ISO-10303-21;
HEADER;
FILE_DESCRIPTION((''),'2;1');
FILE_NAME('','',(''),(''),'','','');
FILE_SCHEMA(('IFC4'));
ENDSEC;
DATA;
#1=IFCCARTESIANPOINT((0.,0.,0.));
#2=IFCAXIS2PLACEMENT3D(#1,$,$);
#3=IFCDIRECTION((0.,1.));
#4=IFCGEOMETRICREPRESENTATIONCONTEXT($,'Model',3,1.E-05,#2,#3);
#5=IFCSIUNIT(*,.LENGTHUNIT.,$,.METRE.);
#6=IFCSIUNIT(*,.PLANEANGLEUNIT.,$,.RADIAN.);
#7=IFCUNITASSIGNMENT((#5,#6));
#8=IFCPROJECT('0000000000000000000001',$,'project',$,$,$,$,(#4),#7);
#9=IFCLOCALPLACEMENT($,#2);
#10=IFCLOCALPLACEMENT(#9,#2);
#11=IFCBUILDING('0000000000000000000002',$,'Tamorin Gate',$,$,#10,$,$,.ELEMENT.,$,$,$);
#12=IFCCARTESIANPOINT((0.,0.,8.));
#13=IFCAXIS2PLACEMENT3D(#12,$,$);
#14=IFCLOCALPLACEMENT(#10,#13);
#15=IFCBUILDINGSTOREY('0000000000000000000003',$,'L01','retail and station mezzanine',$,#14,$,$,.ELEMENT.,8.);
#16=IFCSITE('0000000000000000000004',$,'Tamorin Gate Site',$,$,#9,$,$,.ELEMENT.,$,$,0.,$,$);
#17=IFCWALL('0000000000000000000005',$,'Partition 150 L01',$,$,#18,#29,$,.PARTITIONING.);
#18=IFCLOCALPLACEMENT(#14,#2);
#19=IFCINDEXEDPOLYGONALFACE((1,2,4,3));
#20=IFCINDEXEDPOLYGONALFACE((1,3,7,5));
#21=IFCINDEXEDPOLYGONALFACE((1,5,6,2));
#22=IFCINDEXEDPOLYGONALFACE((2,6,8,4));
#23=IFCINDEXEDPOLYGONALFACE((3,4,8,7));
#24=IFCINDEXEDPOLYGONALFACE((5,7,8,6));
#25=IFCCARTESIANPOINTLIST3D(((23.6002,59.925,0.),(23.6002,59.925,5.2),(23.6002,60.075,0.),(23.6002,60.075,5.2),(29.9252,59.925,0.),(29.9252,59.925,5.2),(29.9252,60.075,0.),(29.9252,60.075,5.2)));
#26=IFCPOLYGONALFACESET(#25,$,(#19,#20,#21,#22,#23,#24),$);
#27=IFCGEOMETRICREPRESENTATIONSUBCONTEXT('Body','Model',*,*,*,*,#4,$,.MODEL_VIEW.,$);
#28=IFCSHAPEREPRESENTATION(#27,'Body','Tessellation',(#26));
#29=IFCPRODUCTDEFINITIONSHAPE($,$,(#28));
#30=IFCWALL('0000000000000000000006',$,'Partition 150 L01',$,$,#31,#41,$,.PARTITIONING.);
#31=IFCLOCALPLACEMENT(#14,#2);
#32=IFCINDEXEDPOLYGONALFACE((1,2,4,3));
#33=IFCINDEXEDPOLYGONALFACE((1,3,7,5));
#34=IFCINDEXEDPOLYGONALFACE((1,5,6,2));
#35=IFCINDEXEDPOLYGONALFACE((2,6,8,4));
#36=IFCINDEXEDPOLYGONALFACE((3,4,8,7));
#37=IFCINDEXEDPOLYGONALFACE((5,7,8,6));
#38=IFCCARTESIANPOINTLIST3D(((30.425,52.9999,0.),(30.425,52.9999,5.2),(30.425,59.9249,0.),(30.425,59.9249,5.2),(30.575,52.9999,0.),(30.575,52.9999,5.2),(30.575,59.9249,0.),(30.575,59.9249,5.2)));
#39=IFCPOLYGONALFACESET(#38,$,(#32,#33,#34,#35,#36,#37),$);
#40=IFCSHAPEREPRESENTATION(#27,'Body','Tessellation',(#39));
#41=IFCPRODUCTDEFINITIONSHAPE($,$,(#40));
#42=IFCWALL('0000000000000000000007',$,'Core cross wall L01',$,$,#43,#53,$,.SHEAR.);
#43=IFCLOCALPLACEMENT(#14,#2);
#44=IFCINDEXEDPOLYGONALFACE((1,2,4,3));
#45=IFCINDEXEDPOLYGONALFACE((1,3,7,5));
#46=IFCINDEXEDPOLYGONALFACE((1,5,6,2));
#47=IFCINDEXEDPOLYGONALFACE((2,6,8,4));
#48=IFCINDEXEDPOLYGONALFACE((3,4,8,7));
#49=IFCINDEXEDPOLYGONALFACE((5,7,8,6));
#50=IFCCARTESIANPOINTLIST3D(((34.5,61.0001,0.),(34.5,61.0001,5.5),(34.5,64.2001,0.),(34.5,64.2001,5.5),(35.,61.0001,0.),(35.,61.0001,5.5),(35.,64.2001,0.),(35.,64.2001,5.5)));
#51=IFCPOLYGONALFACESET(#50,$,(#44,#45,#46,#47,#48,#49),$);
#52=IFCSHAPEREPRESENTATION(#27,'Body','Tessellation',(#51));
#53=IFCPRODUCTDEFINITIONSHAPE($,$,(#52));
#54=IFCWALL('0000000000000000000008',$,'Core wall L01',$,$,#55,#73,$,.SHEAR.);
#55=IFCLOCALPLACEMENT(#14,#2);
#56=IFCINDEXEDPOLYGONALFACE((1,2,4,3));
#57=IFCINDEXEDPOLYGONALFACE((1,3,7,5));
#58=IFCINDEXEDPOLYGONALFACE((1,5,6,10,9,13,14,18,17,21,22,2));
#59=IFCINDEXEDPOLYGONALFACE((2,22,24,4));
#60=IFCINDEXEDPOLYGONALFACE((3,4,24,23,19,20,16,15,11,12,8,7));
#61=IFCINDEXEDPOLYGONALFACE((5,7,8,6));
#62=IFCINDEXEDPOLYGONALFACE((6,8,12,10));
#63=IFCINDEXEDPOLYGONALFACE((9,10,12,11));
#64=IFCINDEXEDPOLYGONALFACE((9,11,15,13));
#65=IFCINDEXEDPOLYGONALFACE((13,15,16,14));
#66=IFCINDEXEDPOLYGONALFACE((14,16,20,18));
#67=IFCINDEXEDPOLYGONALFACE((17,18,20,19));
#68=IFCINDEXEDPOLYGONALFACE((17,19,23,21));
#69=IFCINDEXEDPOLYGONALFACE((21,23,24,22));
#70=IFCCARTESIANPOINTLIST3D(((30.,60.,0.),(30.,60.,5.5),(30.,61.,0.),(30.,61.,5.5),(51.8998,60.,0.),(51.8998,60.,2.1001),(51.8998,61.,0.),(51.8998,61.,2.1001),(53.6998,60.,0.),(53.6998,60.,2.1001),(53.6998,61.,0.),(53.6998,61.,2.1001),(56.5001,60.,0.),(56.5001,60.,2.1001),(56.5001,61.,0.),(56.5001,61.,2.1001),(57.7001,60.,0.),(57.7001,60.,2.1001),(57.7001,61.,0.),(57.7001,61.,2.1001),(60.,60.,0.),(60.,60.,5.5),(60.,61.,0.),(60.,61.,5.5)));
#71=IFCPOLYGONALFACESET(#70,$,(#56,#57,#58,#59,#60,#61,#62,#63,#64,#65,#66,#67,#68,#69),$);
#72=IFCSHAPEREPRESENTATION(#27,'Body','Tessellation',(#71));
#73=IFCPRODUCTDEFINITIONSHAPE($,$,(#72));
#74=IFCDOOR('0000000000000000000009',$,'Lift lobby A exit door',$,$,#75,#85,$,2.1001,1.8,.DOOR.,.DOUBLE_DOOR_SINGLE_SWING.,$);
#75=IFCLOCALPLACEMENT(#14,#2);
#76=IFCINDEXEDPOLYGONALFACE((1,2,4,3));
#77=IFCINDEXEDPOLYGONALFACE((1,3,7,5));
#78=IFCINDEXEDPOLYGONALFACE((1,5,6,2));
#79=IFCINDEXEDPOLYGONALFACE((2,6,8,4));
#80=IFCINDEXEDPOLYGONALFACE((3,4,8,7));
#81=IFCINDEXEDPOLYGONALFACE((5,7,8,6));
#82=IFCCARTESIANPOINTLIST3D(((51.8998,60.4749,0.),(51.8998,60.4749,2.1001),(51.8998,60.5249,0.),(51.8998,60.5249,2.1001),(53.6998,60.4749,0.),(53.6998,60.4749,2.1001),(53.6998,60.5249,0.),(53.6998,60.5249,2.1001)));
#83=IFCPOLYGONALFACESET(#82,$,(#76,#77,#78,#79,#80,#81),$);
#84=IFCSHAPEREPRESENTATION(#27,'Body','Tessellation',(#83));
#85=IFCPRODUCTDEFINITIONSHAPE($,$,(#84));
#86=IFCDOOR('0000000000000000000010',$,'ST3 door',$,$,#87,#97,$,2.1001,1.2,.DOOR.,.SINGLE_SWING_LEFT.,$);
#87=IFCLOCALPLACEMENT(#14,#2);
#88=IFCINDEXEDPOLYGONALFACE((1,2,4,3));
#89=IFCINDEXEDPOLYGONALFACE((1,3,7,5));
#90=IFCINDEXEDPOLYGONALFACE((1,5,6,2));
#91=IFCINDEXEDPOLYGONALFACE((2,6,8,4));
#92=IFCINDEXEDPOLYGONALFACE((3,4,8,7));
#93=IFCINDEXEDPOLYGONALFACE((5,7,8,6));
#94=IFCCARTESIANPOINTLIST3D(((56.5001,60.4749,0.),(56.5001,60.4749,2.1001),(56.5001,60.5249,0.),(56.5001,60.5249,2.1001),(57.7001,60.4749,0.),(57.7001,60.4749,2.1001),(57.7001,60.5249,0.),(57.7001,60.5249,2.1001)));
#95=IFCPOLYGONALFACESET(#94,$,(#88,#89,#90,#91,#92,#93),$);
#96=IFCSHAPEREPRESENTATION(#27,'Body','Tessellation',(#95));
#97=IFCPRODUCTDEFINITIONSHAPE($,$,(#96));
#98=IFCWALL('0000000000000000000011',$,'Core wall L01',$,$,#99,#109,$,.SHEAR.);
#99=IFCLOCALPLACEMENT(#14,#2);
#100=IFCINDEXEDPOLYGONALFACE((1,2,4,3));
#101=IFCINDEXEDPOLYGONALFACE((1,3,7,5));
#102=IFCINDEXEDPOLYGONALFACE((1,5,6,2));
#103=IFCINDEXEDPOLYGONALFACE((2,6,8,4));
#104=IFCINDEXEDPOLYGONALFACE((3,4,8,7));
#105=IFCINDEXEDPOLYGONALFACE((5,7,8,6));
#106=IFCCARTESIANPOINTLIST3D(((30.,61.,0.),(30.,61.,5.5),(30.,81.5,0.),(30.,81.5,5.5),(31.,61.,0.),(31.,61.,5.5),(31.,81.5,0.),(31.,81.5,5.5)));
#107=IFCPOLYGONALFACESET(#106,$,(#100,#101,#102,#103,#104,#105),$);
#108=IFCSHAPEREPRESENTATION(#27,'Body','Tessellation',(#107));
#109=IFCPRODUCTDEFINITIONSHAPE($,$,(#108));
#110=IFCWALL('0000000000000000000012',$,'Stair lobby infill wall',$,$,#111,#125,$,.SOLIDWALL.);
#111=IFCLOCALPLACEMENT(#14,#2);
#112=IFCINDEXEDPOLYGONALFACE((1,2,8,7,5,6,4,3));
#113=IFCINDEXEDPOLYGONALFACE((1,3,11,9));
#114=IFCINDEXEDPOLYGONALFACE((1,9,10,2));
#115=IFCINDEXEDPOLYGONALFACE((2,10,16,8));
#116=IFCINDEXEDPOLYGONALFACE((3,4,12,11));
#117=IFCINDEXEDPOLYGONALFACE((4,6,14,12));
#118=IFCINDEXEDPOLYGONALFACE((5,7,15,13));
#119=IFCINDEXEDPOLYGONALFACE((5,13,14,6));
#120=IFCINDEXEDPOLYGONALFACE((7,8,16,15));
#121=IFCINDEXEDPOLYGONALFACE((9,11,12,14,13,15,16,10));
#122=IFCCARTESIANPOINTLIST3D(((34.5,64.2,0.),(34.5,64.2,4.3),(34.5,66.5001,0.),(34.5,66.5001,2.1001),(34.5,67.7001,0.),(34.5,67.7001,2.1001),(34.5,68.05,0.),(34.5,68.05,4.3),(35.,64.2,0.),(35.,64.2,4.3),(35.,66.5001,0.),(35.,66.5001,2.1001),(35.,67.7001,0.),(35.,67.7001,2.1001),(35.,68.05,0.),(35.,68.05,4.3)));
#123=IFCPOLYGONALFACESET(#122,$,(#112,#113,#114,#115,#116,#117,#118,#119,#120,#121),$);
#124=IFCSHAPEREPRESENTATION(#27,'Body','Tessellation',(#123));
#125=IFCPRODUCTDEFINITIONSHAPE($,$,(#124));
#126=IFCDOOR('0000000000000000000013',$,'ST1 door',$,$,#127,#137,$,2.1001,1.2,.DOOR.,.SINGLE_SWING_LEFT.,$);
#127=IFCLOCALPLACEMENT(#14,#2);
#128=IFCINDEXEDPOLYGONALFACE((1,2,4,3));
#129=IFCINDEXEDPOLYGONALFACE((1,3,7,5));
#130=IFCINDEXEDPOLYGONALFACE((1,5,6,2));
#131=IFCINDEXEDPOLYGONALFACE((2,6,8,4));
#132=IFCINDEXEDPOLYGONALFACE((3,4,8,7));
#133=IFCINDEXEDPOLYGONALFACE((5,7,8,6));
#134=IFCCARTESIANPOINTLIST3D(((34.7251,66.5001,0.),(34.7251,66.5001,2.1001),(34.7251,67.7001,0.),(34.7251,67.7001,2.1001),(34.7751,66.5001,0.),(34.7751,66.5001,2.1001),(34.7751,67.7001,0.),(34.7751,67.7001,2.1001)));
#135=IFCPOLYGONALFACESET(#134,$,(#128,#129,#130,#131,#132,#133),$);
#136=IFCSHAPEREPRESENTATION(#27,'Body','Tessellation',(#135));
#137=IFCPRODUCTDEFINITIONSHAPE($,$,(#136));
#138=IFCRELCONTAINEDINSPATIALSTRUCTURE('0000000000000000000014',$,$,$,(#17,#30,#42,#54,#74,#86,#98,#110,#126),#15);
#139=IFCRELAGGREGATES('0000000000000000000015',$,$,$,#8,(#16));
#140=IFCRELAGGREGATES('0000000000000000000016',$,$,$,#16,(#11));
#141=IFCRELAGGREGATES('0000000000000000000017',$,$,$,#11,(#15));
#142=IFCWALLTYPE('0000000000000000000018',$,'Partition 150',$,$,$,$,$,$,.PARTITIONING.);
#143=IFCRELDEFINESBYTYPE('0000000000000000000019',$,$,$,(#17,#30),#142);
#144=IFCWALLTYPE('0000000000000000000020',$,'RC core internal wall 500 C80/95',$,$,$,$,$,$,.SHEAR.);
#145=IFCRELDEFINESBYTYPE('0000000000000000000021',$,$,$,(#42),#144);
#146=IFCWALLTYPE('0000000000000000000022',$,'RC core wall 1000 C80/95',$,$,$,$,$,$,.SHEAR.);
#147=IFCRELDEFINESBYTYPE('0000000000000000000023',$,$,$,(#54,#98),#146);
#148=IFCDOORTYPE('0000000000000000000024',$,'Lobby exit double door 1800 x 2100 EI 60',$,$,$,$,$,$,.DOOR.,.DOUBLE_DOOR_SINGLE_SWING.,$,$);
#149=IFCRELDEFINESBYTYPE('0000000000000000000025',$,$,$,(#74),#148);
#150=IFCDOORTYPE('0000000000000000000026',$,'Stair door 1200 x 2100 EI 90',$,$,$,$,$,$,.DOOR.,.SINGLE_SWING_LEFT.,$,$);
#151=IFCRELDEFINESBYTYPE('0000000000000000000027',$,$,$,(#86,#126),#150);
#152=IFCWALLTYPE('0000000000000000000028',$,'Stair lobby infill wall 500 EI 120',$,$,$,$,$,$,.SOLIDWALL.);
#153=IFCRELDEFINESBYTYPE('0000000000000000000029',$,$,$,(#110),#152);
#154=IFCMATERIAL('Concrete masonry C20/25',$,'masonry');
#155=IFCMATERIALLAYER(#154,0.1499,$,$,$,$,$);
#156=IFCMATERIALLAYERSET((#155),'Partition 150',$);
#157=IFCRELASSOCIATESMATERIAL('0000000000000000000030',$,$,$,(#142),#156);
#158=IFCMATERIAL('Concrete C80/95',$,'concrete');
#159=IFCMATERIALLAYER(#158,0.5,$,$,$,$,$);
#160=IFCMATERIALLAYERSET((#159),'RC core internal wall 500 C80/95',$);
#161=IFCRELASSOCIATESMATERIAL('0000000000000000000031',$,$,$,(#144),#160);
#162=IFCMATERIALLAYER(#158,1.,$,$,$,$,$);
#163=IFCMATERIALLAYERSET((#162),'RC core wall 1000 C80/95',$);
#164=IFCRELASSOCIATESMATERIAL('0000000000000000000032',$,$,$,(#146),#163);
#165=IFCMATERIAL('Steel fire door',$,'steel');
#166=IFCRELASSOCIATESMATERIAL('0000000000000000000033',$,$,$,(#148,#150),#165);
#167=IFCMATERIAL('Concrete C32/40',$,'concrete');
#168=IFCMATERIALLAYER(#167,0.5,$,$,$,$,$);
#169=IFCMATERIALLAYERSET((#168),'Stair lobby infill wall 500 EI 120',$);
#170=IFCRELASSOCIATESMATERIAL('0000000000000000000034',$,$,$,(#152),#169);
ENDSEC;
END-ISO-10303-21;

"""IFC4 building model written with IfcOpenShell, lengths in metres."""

from ifc_helpers import new_model, si_unit, direction, frame, frame_2d, origin, place, context, subcontext, project, spatial, rectangle, extrude, material, layer, layer_set, type_object, element, fill, save


model = new_model("IFC4")

# Units and contexts
model_context = context("Model", 3, precision=1e-05, world=origin(), true_north=direction((0.0, 1.0)))
body_context = subcontext(model_context, "Body", "Model", "MODEL_VIEW")
ifc_project = project(units=[si_unit("LENGTHUNIT", "METRE"), si_unit("PLANEANGLEUNIT", "RADIAN")], contexts=[model_context])

# Site, building, storey
site_placement = place(None, origin())
site = spatial("IfcSite", under=ifc_project, at=site_placement, Name="Tamorin Gate Site", CompositionType="ELEMENT", RefElevation=0.0)
building_placement = place(site_placement, origin())
building = spatial("IfcBuilding", under=site, at=building_placement, Name="Tamorin Gate", CompositionType="ELEMENT")
storey_placement = place(building_placement, frame((0.0, 0.0, 8.0)))
storey = spatial("IfcBuildingStorey", under=building, at=storey_placement, Name="L01", Description="retail and station mezzanine", CompositionType="ELEMENT", Elevation=8.0)

# Shared definitions
ifc_material_1 = material(Name="Concrete C80/95", Category="concrete")

# Shared definitions
ifc_material_2 = material(Name="Concrete C32/40", Category="concrete")

# Walls
ifc_material_3 = material(Name="Concrete masonry C20/25", Category="masonry")
ifc_layer_1 = layer(ifc_material_3, 0.1499)
ifc_layer_set_1 = layer_set([ifc_layer_1], Name="Partition 150")
wall_type_1 = type_object("IfcWallType", Name="Partition 150", PredefinedType="PARTITIONING", material=ifc_layer_set_1)
wall_1_placement = place(storey_placement, frame((23.6001, 60.0, 0.0), z_axis=(0.0, 0.0, 1.0), x_axis=(1.0, 0.0, 0.0)))
element("IfcWall", 1, at=wall_1_placement, inside=storey, type_object=wall_type_1, Name="Partition 150 L01", PredefinedType="PARTITIONING", context=body_context, shape_type="SweptSolid", body=[
    extrude(rectangle(XDim=6.325, YDim=0.1499, at=frame_2d((3.1626, 0.0))), origin(), (0.0, 0.0, 1.0), 5.2),
])
wall_2_placement = place(storey_placement, frame((30.5, 53.0, 0.0), z_axis=(0.0, 0.0, 1.0), x_axis=(0.0, 1.0, 0.0)))
element("IfcWall", 2, at=wall_2_placement, inside=storey, type_object=wall_type_1, Name="Partition 150 L01", PredefinedType="PARTITIONING", context=body_context, shape_type="SweptSolid", body=[
    extrude(rectangle(XDim=6.925, YDim=0.1499, at=frame_2d((3.4624, 0.0))), origin(), (0.0, 0.0, 1.0), 5.2),
])
ifc_layer_2 = layer(ifc_material_1, 0.5)
ifc_layer_set_2 = layer_set([ifc_layer_2], Name="RC core internal wall 500 C80/95")
wall_type_2 = type_object("IfcWallType", Name="RC core internal wall 500 C80/95", PredefinedType="SHEAR", material=ifc_layer_set_2)
wall_3_placement = place(storey_placement, frame((34.75, 61.0, 0.0), z_axis=(0.0, 0.0, 1.0), x_axis=(0.0, 1.0, 0.0)))
element("IfcWall", 3, at=wall_3_placement, inside=storey, type_object=wall_type_2, Name="Core cross wall L01", PredefinedType="SHEAR", context=body_context, shape_type="SweptSolid", body=[
    extrude(rectangle(XDim=3.2, YDim=0.5, at=frame_2d((1.6001, 0.0))), origin(), (0.0, 0.0, 1.0), 5.5),
])

# Wall, openings, doors
ifc_layer_3 = layer(ifc_material_1, 1.0)
ifc_layer_set_3 = layer_set([ifc_layer_3], Name="RC core wall 1000 C80/95")
wall_type_3 = type_object("IfcWallType", Name="RC core wall 1000 C80/95", PredefinedType="SHEAR", material=ifc_layer_set_3)
wall_4_placement = place(storey_placement, frame((30.0, 60.5, 0.0), z_axis=(0.0, 0.0, 1.0), x_axis=(1.0, 0.0, 0.0)))
wall_4 = element("IfcWall", 4, at=wall_4_placement, inside=storey, type_object=wall_type_3, Name="Core wall L01", PredefinedType="SHEAR", context=body_context, shape_type="SweptSolid", body=[
    extrude(rectangle(XDim=30.0, YDim=1.0, at=frame_2d((15.0, 0.0))), origin(), (0.0, 0.0, 1.0), 5.5),
])
opening_1_placement = place(wall_4_placement, frame((21.8999, 0.0, 0.0)))
opening_1 = element("IfcOpeningElement", 5, at=opening_1_placement, cuts=wall_4, PredefinedType="OPENING", context=body_context, shape_type="SweptSolid", body=[
    extrude(rectangle(XDim=1.8, YDim=2.1001, at=frame_2d((0.8999, 1.05))), frame((0.0, 0.51, 0.0), z_axis=(0.0, -1.0, 0.0), x_axis=(1.0, 0.0, 0.0)), (0.0, 0.0, 1.0), 1.02),
])
opening_2_placement = place(wall_4_placement, frame((26.5, 0.0, 0.0)))
opening_2 = element("IfcOpeningElement", 6, at=opening_2_placement, cuts=wall_4, PredefinedType="OPENING", context=body_context, shape_type="SweptSolid", body=[
    extrude(rectangle(XDim=1.2, YDim=2.1001, at=frame_2d((0.6001, 1.05))), frame((0.0, 0.51, 0.0), z_axis=(0.0, -1.0, 0.0), x_axis=(1.0, 0.0, 0.0)), (0.0, 0.0, 1.0), 1.02),
])
ifc_material_4 = material(Name="Steel fire door", Category="steel")
door_type_1 = type_object("IfcDoorType", Name="Lobby exit double door 1800 x 2100 EI 60", OperationType="DOUBLE_DOOR_SINGLE_SWING", PredefinedType="DOOR", material=ifc_material_4)
door_1_placement = place(opening_1_placement, origin())
door_1 = element("IfcDoor", 7, at=door_1_placement, inside=storey, type_object=door_type_1, Name="Lift lobby A exit door", OperationType="DOUBLE_DOOR_SINGLE_SWING", OverallHeight=2.1001, OverallWidth=1.8, PredefinedType="DOOR", context=body_context, shape_type="SweptSolid", body=[
    extrude(rectangle(XDim=1.8, YDim=2.1001, at=frame_2d((0.8999, 1.05))), frame((0.0, 0.0249, 0.0), z_axis=(0.0, -1.0, 0.0), x_axis=(1.0, 0.0, 0.0)), (0.0, 0.0, 1.0), 0.05),
])
fill(opening_1, door_1)
door_type_2 = type_object("IfcDoorType", Name="Stair door 1200 x 2100 EI 90", OperationType="SINGLE_SWING_LEFT", PredefinedType="DOOR", material=ifc_material_4)
door_2_placement = place(opening_2_placement, origin())
door_2 = element("IfcDoor", 8, at=door_2_placement, inside=storey, type_object=door_type_2, Name="ST3 door", OperationType="SINGLE_SWING_LEFT", OverallHeight=2.1001, OverallWidth=1.2, PredefinedType="DOOR", context=body_context, shape_type="SweptSolid", body=[
    extrude(rectangle(XDim=1.2, YDim=2.1001, at=frame_2d((0.6001, 1.05))), frame((0.0, 0.0249, 0.0), z_axis=(0.0, -1.0, 0.0), x_axis=(1.0, 0.0, 0.0)), (0.0, 0.0, 1.0), 0.05),
])
fill(opening_2, door_2)

# Wall
wall_5_placement = place(storey_placement, frame((30.5, 61.0, 0.0), z_axis=(0.0, 0.0, 1.0), x_axis=(0.0, 1.0, 0.0)))
element("IfcWall", 9, at=wall_5_placement, inside=storey, type_object=wall_type_3, Name="Core wall L01", PredefinedType="SHEAR", context=body_context, shape_type="SweptSolid", body=[
    extrude(rectangle(XDim=20.5, YDim=1.0, at=frame_2d((10.25, 0.0))), origin(), (0.0, 0.0, 1.0), 5.5),
])

# Wall, opening, door
ifc_layer_4 = layer(ifc_material_2, 0.5)
ifc_layer_set_4 = layer_set([ifc_layer_4], Name="Stair lobby infill wall 500 EI 120")
wall_type_4 = type_object("IfcWallType", Name="Stair lobby infill wall 500 EI 120", PredefinedType="SOLIDWALL", material=ifc_layer_set_4)
wall_6_placement = place(storey_placement, frame((34.75, 64.2, 0.0), z_axis=(0.0, 0.0, 1.0), x_axis=(0.0, 1.0, 0.0)))
wall_6 = element("IfcWall", 10, at=wall_6_placement, inside=storey, type_object=wall_type_4, Name="Stair lobby infill wall", PredefinedType="SOLIDWALL", context=body_context, shape_type="SweptSolid", body=[
    extrude(rectangle(XDim=3.8501, YDim=0.5, at=frame_2d((1.925, 0.0))), origin(), (0.0, 0.0, 1.0), 4.3),
])
opening_3_placement = place(wall_6_placement, frame((2.3, 0.0, 0.0)))
opening_3 = element("IfcOpeningElement", 11, at=opening_3_placement, cuts=wall_6, PredefinedType="OPENING", context=body_context, shape_type="SweptSolid", body=[
    extrude(rectangle(XDim=1.2, YDim=2.1001, at=frame_2d((0.6001, 1.05))), frame((0.0, 0.26, 0.0), z_axis=(0.0, -1.0, 0.0), x_axis=(1.0, 0.0, 0.0)), (0.0, 0.0, 1.0), 0.52),
])
door_3_placement = place(opening_3_placement, origin())
door_3 = element("IfcDoor", 12, at=door_3_placement, inside=storey, type_object=door_type_2, Name="ST1 door", OperationType="SINGLE_SWING_LEFT", OverallHeight=2.1001, OverallWidth=1.2, PredefinedType="DOOR", context=body_context, shape_type="SweptSolid", body=[
    extrude(rectangle(XDim=1.2, YDim=2.1001, at=frame_2d((0.6001, 1.05))), frame((0.0, 0.0249, 0.0), z_axis=(0.0, -1.0, 0.0), x_axis=(1.0, 0.0, 0.0)), (0.0, 0.0, 1.0), 0.05),
])
fill(opening_3, door_3)

save(model, "model.ifc")
